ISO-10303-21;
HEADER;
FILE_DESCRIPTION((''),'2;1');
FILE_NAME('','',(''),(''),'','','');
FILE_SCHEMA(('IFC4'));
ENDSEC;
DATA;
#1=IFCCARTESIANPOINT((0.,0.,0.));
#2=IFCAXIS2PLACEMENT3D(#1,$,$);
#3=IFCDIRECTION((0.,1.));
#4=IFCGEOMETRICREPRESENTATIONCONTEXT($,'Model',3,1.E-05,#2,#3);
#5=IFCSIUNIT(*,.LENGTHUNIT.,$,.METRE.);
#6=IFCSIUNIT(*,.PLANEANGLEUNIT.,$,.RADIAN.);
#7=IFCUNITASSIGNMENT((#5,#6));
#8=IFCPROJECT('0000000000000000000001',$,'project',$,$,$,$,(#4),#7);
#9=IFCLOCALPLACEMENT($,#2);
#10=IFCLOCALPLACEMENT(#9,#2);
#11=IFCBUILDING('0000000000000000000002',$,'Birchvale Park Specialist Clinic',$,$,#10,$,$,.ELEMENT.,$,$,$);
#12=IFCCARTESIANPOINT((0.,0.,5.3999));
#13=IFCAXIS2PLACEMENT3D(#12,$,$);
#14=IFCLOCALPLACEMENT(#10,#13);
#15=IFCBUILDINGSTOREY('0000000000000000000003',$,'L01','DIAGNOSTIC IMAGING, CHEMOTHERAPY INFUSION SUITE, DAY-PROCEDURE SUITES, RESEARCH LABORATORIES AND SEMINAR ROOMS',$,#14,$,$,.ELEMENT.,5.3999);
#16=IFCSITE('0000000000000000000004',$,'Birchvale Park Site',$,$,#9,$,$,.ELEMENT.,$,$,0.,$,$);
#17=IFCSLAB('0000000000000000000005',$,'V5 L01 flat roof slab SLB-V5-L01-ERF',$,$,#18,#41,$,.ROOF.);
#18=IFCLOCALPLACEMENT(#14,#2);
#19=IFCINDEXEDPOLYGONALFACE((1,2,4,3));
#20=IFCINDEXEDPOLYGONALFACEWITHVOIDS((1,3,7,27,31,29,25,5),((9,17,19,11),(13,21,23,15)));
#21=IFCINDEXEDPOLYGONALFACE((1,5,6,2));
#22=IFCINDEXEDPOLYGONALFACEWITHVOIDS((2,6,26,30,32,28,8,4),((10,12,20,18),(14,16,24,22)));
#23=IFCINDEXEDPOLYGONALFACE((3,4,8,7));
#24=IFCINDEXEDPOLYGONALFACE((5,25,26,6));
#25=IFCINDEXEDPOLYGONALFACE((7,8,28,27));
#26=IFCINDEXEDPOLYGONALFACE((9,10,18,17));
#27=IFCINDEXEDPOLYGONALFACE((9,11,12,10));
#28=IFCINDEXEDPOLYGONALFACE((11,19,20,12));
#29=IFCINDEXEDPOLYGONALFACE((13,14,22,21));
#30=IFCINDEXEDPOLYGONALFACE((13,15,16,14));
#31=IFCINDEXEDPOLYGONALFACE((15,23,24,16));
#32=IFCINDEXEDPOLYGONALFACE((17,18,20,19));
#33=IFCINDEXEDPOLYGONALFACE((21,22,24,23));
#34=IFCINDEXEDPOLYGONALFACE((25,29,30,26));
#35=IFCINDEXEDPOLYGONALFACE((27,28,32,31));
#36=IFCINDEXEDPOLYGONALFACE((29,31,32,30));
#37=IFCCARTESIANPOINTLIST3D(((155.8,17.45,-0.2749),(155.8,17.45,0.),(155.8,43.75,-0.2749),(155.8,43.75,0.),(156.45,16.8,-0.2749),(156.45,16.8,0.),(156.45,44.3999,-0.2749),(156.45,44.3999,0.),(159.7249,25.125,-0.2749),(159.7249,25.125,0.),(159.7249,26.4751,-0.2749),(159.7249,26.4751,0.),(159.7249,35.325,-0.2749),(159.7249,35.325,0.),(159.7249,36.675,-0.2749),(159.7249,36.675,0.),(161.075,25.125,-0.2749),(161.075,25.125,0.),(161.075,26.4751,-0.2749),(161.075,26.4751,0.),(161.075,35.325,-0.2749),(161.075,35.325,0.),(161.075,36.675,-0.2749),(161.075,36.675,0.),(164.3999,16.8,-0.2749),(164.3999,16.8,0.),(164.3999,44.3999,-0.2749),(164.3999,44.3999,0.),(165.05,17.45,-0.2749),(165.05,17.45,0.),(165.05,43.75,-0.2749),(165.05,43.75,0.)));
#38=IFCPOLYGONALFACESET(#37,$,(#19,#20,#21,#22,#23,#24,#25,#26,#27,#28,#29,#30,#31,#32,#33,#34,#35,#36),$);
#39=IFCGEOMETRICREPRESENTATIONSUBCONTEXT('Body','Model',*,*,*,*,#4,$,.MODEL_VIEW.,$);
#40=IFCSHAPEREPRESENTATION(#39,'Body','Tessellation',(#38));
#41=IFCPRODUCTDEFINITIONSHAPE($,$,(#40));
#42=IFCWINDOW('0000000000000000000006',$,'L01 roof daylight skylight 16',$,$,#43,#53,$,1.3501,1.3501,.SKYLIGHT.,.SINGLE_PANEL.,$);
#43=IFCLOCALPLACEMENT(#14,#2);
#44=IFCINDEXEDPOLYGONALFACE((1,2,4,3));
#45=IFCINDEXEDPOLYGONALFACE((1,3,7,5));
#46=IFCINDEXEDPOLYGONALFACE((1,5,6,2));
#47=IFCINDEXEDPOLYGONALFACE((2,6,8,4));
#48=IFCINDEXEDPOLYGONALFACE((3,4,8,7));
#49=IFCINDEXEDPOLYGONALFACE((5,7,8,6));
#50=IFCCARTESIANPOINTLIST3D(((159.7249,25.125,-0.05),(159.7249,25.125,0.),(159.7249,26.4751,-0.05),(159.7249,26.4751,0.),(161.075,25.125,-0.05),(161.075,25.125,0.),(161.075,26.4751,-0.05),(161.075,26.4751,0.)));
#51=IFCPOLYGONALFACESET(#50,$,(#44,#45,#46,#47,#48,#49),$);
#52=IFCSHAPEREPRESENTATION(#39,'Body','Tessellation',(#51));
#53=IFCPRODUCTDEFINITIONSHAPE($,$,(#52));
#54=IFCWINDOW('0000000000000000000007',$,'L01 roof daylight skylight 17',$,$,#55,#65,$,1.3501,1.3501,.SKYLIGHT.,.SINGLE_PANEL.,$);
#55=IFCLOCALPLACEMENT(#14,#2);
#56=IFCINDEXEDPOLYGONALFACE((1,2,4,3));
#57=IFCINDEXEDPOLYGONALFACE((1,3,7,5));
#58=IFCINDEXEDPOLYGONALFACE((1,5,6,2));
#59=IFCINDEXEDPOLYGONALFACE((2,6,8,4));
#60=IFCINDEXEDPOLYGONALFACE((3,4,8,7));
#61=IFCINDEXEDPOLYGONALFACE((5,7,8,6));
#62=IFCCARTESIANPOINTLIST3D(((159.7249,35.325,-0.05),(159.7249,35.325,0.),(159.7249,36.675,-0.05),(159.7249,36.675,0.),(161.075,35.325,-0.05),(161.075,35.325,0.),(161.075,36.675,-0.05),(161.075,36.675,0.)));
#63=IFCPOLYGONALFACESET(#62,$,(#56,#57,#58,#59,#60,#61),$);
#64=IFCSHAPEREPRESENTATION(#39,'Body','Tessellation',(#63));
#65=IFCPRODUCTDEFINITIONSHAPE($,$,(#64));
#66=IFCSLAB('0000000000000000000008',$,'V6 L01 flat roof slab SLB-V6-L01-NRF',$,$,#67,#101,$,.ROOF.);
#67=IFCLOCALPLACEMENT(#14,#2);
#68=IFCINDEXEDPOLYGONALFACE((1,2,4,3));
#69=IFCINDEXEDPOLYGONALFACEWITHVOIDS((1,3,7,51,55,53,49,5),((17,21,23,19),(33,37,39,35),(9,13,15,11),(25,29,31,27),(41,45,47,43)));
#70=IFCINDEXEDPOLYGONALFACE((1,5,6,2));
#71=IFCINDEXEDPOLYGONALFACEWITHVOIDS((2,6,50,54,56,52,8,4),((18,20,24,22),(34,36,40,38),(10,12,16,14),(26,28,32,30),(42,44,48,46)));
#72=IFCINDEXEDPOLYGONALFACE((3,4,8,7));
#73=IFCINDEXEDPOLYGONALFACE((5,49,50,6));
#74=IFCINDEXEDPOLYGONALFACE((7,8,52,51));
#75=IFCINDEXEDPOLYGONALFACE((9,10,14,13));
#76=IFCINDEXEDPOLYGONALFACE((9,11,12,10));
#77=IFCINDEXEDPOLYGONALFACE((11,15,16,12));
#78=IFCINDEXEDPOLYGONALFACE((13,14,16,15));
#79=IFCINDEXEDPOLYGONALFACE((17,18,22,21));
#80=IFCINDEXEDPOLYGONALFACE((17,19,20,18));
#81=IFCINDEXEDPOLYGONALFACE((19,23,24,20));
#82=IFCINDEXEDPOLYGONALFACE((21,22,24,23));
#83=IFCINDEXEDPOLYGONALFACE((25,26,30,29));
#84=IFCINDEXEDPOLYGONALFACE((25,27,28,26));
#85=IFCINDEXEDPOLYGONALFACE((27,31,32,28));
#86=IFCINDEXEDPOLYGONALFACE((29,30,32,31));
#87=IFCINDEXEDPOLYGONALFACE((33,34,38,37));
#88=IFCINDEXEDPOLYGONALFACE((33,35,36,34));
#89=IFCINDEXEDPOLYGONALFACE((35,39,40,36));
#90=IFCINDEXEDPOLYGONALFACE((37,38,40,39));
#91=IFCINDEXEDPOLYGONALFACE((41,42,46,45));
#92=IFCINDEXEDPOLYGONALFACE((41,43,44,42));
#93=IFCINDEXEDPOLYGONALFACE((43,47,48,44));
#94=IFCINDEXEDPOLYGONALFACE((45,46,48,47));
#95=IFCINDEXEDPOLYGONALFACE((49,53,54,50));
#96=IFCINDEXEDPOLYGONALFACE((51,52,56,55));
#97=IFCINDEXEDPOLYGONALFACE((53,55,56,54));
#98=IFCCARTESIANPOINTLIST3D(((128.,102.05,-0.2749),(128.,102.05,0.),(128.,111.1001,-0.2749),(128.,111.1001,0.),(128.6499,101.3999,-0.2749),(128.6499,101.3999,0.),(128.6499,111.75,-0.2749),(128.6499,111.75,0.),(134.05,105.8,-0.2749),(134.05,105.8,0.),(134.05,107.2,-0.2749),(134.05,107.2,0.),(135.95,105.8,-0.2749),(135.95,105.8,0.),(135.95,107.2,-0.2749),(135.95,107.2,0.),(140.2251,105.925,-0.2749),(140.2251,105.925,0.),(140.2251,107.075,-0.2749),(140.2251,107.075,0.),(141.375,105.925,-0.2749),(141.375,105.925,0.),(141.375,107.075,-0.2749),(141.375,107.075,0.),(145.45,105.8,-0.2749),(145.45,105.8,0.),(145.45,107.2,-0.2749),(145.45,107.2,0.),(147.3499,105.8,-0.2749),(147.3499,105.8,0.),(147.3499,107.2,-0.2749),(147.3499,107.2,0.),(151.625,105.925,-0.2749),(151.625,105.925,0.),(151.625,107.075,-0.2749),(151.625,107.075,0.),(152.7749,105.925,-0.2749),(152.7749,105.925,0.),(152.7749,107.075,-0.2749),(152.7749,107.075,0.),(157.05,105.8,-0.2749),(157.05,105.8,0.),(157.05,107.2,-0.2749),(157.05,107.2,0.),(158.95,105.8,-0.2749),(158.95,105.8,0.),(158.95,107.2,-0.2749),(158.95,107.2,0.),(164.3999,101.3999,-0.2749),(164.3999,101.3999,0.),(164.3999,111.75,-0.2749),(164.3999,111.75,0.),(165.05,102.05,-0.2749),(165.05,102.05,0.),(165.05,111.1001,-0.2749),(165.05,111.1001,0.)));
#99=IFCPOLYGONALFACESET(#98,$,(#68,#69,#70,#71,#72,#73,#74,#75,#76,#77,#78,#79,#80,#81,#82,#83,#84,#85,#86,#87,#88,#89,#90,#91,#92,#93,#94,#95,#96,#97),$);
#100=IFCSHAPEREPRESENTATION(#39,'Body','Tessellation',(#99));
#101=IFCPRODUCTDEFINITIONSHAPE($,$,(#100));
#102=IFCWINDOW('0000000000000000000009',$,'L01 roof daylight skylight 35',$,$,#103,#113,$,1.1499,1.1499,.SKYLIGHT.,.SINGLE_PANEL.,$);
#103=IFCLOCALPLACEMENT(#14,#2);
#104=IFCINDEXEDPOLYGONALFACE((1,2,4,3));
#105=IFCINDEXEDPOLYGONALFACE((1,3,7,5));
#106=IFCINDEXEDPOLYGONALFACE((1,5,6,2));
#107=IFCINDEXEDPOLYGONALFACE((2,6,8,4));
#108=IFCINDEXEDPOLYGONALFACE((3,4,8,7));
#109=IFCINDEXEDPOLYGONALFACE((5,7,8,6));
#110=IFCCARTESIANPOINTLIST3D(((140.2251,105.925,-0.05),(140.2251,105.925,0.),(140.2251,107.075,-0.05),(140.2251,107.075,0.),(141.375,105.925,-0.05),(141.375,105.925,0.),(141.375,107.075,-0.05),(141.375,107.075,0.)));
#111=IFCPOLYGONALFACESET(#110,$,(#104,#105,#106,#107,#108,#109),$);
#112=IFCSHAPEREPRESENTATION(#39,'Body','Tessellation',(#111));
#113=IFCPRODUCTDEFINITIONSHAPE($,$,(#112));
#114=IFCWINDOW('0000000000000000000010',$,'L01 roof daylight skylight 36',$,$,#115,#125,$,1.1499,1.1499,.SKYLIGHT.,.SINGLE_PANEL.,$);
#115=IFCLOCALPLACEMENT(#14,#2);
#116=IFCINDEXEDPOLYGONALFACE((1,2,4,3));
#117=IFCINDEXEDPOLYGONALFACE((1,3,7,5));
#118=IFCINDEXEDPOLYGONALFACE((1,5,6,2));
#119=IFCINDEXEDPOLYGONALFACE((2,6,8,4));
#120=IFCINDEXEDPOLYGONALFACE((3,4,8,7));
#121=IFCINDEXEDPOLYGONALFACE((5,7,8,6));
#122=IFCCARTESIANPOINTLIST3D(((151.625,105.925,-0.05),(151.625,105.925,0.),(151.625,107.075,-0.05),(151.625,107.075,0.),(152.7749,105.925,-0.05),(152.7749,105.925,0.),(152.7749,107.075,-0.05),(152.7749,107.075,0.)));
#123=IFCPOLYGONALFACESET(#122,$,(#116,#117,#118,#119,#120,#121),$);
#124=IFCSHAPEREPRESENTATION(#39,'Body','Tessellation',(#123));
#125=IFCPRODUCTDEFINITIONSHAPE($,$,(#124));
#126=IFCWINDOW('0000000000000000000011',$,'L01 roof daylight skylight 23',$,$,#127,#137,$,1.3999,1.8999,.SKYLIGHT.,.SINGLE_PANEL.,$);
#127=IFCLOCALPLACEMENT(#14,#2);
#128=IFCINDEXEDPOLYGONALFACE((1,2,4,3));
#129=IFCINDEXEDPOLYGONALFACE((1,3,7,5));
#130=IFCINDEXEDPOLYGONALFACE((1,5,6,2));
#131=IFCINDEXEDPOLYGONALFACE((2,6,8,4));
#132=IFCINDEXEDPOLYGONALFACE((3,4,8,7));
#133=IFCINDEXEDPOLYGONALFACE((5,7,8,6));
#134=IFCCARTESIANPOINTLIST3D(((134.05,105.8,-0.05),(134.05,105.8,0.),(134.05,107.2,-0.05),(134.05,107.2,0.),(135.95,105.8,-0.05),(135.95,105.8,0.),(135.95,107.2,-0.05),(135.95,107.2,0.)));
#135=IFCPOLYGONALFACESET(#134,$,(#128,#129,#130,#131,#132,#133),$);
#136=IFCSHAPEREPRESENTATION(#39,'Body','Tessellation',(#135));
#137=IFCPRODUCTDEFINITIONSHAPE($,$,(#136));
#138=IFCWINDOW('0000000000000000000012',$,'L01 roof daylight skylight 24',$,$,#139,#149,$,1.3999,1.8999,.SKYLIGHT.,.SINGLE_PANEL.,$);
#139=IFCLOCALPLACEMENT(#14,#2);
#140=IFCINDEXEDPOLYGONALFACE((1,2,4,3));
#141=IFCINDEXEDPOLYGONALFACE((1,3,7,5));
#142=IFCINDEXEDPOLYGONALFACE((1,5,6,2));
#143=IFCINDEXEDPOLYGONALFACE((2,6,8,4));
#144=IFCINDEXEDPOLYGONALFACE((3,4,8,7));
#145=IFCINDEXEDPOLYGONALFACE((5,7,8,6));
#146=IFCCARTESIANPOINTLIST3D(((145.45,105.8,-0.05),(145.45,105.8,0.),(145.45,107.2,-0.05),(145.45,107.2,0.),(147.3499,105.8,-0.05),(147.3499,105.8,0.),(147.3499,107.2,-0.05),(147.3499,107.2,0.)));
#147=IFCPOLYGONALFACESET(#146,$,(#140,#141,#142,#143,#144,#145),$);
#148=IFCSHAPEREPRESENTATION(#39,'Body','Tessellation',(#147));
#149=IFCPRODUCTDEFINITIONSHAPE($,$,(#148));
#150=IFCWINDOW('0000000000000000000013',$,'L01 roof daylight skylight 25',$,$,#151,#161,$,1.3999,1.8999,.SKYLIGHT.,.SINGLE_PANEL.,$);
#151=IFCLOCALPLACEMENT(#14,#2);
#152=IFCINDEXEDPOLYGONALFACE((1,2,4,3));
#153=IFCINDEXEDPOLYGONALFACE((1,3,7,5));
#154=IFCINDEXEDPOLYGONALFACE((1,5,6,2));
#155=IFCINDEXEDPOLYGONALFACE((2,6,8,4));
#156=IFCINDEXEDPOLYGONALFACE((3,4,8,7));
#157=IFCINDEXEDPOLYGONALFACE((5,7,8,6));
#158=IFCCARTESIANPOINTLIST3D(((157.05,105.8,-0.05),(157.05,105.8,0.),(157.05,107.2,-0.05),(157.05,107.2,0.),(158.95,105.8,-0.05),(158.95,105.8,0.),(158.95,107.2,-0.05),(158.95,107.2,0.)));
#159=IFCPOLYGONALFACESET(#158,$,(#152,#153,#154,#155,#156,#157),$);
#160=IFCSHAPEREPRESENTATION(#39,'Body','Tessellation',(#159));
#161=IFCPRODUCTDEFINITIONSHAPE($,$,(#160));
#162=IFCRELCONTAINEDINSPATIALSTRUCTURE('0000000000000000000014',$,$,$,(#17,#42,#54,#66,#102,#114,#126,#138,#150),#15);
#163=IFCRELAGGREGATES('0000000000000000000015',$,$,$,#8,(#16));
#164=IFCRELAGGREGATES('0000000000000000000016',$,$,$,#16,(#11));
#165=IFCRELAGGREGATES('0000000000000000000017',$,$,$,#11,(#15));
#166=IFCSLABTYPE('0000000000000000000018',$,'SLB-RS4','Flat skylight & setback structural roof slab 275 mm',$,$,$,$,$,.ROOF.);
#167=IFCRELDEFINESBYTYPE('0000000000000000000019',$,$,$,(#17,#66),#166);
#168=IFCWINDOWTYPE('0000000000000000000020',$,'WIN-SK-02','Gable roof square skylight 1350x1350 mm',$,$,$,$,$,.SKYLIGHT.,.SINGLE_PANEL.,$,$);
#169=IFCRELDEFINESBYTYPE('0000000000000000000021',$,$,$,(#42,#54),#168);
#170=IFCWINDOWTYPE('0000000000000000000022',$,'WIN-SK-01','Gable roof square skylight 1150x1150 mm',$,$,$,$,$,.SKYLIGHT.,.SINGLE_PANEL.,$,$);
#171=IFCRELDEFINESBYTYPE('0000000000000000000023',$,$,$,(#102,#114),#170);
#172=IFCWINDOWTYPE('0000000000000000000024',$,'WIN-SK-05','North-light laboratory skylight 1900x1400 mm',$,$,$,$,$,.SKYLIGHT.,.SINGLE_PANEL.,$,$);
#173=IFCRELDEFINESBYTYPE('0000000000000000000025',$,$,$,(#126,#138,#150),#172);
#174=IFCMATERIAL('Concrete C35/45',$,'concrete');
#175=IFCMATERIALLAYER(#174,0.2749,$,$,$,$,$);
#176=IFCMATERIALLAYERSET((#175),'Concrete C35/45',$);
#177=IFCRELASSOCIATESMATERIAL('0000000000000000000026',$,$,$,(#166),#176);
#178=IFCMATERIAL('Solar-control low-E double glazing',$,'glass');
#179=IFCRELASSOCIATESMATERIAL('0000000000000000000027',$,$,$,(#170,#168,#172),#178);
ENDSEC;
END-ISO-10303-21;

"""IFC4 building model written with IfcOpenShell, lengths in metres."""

from ifc_helpers import new_model, si_unit, direction, frame, origin, origin_2d, place, context, subcontext, project, spatial, polyline, rectangle, outline, extrude, material, layer, layer_set, type_object, element, fill, save


model = new_model("IFC4")

# Units and contexts
model_context = context("Model", 3, precision=1e-05, world=origin(), true_north=direction((0.0, 1.0)))
body_context = subcontext(model_context, "Body", "Model", "MODEL_VIEW")
ifc_project = project(units=[si_unit("LENGTHUNIT", "METRE"), si_unit("PLANEANGLEUNIT", "RADIAN")], contexts=[model_context])

# Site, building, storey
site_placement = place(None, origin())
site = spatial("IfcSite", under=ifc_project, at=site_placement, Name="Birchvale Park Site", CompositionType="ELEMENT", RefElevation=0.0)
building_placement = place(site_placement, origin())
building = spatial("IfcBuilding", under=site, at=building_placement, Name="Birchvale Park Specialist Clinic", CompositionType="ELEMENT")
storey_placement = place(building_placement, frame((0.0, 0.0, 5.3999)))
storey = spatial("IfcBuildingStorey", under=building, at=storey_placement, Name="L01", Description="DIAGNOSTIC IMAGING, CHEMOTHERAPY INFUSION SUITE, DAY-PROCEDURE SUITES, RESEARCH LABORATORIES AND SEMINAR ROOMS", CompositionType="ELEMENT", Elevation=5.3999)

# Slabs, openings, windows
ifc_material_1 = material(Name="Concrete C35/45", Category="concrete")
ifc_layer = layer(ifc_material_1, 0.2749)
ifc_layer_set = layer_set([ifc_layer], Name="Concrete C35/45")
slab_type = type_object("IfcSlabType", Name="SLB-RS4", Description="Flat skylight & setback structural roof slab 275 mm", PredefinedType="ROOF", material=ifc_layer_set)
ifc_material_2 = material(Name="Solar-control low-E double glazing", Category="glass")
window_type_1 = type_object("IfcWindowType", Name="WIN-SK-01", Description="Gable roof square skylight 1150x1150 mm", PartitioningType="SINGLE_PANEL", PredefinedType="SKYLIGHT", material=ifc_material_2)
slab_1_placement = place(storey_placement, frame((0.0, 0.0, -0.2749)))
slab_1 = element("IfcSlab", 1, at=slab_1_placement, inside=storey, type_object=slab_type, Name="V5 L01 flat roof slab SLB-V5-L01-ERF", PredefinedType="ROOF", context=body_context, shape_type="SweptSolid", body=[
    extrude(outline(polyline([(156.45, 16.8), (164.3999, 16.8), (165.05, 17.45), (165.05, 43.75), (164.3999, 44.3999), (156.45, 44.3999), (155.8, 43.75), (155.8, 17.45), (156.45, 16.8)])), origin(), (0.0, 0.0, 1.0), 0.2749),
])
opening_1_placement = place(slab_1_placement, frame((160.3999, 25.8, 0.0)))
opening_1 = element("IfcOpeningElement", 2, at=opening_1_placement, cuts=slab_1, PredefinedType="OPENING", context=body_context, shape_type="SweptSolid", body=[
    extrude(rectangle(XDim=1.3501, YDim=1.3501, at=origin_2d()), frame((0.0, 0.0, -0.01)), (0.0, 0.0, 1.0), 0.2949),
])
opening_2_placement = place(slab_1_placement, frame((160.3999, 36.0, 0.0)))
opening_2 = element("IfcOpeningElement", 3, at=opening_2_placement, cuts=slab_1, PredefinedType="OPENING", context=body_context, shape_type="SweptSolid", body=[
    extrude(rectangle(XDim=1.3501, YDim=1.3501, at=origin_2d()), frame((0.0, 0.0, -0.01)), (0.0, 0.0, 1.0), 0.2949),
])
window_type_2 = type_object("IfcWindowType", Name="WIN-SK-02", Description="Gable roof square skylight 1350x1350 mm", PartitioningType="SINGLE_PANEL", PredefinedType="SKYLIGHT", material=ifc_material_2)
window_1_placement = place(opening_1_placement, frame((0.0, 0.0, 0.2249)))
window_1 = element("IfcWindow", 4, at=window_1_placement, inside=storey, type_object=window_type_2, Name="L01 roof daylight skylight 16", OverallHeight=1.3501, OverallWidth=1.3501, PartitioningType="SINGLE_PANEL", PredefinedType="SKYLIGHT", context=body_context, shape_type="SweptSolid", body=[
    extrude(rectangle(XDim=1.3501, YDim=1.3501, at=origin_2d()), origin(), (0.0, 0.0, 1.0), 0.05),
])
fill(opening_1, window_1)
window_2_placement = place(opening_2_placement, frame((0.0, 0.0, 0.2249)))
window_2 = element("IfcWindow", 5, at=window_2_placement, inside=storey, type_object=window_type_2, Name="L01 roof daylight skylight 17", OverallHeight=1.3501, OverallWidth=1.3501, PartitioningType="SINGLE_PANEL", PredefinedType="SKYLIGHT", context=body_context, shape_type="SweptSolid", body=[
    extrude(rectangle(XDim=1.3501, YDim=1.3501, at=origin_2d()), origin(), (0.0, 0.0, 1.0), 0.05),
])
fill(opening_2, window_2)
slab_2_placement = place(storey_placement, frame((0.0, 0.0, -0.2749)))
slab_2 = element("IfcSlab", 6, at=slab_2_placement, inside=storey, type_object=slab_type, Name="V6 L01 flat roof slab SLB-V6-L01-NRF", PredefinedType="ROOF", context=body_context, shape_type="SweptSolid", body=[
    extrude(outline(polyline([(128.6499, 101.3999), (164.3999, 101.3999), (165.05, 102.05), (165.05, 111.1001), (164.3999, 111.75), (128.6499, 111.75), (128.0, 111.1001), (128.0, 102.05), (128.6499, 101.3999)])), origin(), (0.0, 0.0, 1.0), 0.2749),
])
opening_3_placement = place(slab_2_placement, frame((135.0, 106.5, 0.0)))
opening_3 = element("IfcOpeningElement", 7, at=opening_3_placement, cuts=slab_2, PredefinedType="OPENING", context=body_context, shape_type="SweptSolid", body=[
    extrude(rectangle(XDim=1.8999, YDim=1.3999, at=origin_2d()), frame((0.0, 0.0, -0.01)), (0.0, 0.0, 1.0), 0.2949),
])
opening_4_placement = place(slab_2_placement, frame((146.3999, 106.5, 0.0)))
opening_4 = element("IfcOpeningElement", 8, at=opening_4_placement, cuts=slab_2, PredefinedType="OPENING", context=body_context, shape_type="SweptSolid", body=[
    extrude(rectangle(XDim=1.8999, YDim=1.3999, at=origin_2d()), frame((0.0, 0.0, -0.01)), (0.0, 0.0, 1.0), 0.2949),
])
opening_5_placement = place(slab_2_placement, frame((158.0, 106.5, 0.0)))
opening_5 = element("IfcOpeningElement", 9, at=opening_5_placement, cuts=slab_2, PredefinedType="OPENING", context=body_context, shape_type="SweptSolid", body=[
    extrude(rectangle(XDim=1.8999, YDim=1.3999, at=origin_2d()), frame((0.0, 0.0, -0.01)), (0.0, 0.0, 1.0), 0.2949),
])
opening_6_placement = place(slab_2_placement, frame((140.8, 106.5, 0.0)))
opening_6 = element("IfcOpeningElement", 10, at=opening_6_placement, cuts=slab_2, PredefinedType="OPENING", context=body_context, shape_type="SweptSolid", body=[
    extrude(rectangle(XDim=1.1499, YDim=1.1499, at=origin_2d()), frame((0.0, 0.0, -0.01)), (0.0, 0.0, 1.0), 0.2949),
])
opening_7_placement = place(slab_2_placement, frame((152.2, 106.5, 0.0)))
opening_7 = element("IfcOpeningElement", 11, at=opening_7_placement, cuts=slab_2, PredefinedType="OPENING", context=body_context, shape_type="SweptSolid", body=[
    extrude(rectangle(XDim=1.1499, YDim=1.1499, at=origin_2d()), frame((0.0, 0.0, -0.01)), (0.0, 0.0, 1.0), 0.2949),
])
window_3_placement = place(opening_6_placement, frame((0.0, 0.0, 0.2249)))
window_3 = element("IfcWindow", 12, at=window_3_placement, inside=storey, type_object=window_type_1, Name="L01 roof daylight skylight 35", OverallHeight=1.1499, OverallWidth=1.1499, PartitioningType="SINGLE_PANEL", PredefinedType="SKYLIGHT", context=body_context, shape_type="SweptSolid", body=[
    extrude(rectangle(XDim=1.1499, YDim=1.1499, at=origin_2d()), origin(), (0.0, 0.0, 1.0), 0.05),
])
fill(opening_6, window_3)
window_4_placement = place(opening_7_placement, frame((0.0, 0.0, 0.2249)))
window_4 = element("IfcWindow", 13, at=window_4_placement, inside=storey, type_object=window_type_1, Name="L01 roof daylight skylight 36", OverallHeight=1.1499, OverallWidth=1.1499, PartitioningType="SINGLE_PANEL", PredefinedType="SKYLIGHT", context=body_context, shape_type="SweptSolid", body=[
    extrude(rectangle(XDim=1.1499, YDim=1.1499, at=origin_2d()), origin(), (0.0, 0.0, 1.0), 0.05),
])
fill(opening_7, window_4)
window_type_3 = type_object("IfcWindowType", Name="WIN-SK-05", Description="North-light laboratory skylight 1900x1400 mm", PartitioningType="SINGLE_PANEL", PredefinedType="SKYLIGHT", material=ifc_material_2)
window_5_placement = place(opening_3_placement, frame((0.0, 0.0, 0.2249)))
window_5 = element("IfcWindow", 14, at=window_5_placement, inside=storey, type_object=window_type_3, Name="L01 roof daylight skylight 23", OverallHeight=1.3999, OverallWidth=1.8999, PartitioningType="SINGLE_PANEL", PredefinedType="SKYLIGHT", context=body_context, shape_type="SweptSolid", body=[
    extrude(rectangle(XDim=1.8999, YDim=1.3999, at=origin_2d()), origin(), (0.0, 0.0, 1.0), 0.05),
])
fill(opening_3, window_5)
window_6_placement = place(opening_4_placement, frame((0.0, 0.0, 0.2249)))
window_6 = element("IfcWindow", 15, at=window_6_placement, inside=storey, type_object=window_type_3, Name="L01 roof daylight skylight 24", OverallHeight=1.3999, OverallWidth=1.8999, PartitioningType="SINGLE_PANEL", PredefinedType="SKYLIGHT", context=body_context, shape_type="SweptSolid", body=[
    extrude(rectangle(XDim=1.8999, YDim=1.3999, at=origin_2d()), origin(), (0.0, 0.0, 1.0), 0.05),
])
fill(opening_4, window_6)
window_7_placement = place(opening_5_placement, frame((0.0, 0.0, 0.2249)))
window_7 = element("IfcWindow", 16, at=window_7_placement, inside=storey, type_object=window_type_3, Name="L01 roof daylight skylight 25", OverallHeight=1.3999, OverallWidth=1.8999, PartitioningType="SINGLE_PANEL", PredefinedType="SKYLIGHT", context=body_context, shape_type="SweptSolid", body=[
    extrude(rectangle(XDim=1.8999, YDim=1.3999, at=origin_2d()), origin(), (0.0, 0.0, 1.0), 0.05),
])
fill(opening_5, window_7)

save(model, "model.ifc")
